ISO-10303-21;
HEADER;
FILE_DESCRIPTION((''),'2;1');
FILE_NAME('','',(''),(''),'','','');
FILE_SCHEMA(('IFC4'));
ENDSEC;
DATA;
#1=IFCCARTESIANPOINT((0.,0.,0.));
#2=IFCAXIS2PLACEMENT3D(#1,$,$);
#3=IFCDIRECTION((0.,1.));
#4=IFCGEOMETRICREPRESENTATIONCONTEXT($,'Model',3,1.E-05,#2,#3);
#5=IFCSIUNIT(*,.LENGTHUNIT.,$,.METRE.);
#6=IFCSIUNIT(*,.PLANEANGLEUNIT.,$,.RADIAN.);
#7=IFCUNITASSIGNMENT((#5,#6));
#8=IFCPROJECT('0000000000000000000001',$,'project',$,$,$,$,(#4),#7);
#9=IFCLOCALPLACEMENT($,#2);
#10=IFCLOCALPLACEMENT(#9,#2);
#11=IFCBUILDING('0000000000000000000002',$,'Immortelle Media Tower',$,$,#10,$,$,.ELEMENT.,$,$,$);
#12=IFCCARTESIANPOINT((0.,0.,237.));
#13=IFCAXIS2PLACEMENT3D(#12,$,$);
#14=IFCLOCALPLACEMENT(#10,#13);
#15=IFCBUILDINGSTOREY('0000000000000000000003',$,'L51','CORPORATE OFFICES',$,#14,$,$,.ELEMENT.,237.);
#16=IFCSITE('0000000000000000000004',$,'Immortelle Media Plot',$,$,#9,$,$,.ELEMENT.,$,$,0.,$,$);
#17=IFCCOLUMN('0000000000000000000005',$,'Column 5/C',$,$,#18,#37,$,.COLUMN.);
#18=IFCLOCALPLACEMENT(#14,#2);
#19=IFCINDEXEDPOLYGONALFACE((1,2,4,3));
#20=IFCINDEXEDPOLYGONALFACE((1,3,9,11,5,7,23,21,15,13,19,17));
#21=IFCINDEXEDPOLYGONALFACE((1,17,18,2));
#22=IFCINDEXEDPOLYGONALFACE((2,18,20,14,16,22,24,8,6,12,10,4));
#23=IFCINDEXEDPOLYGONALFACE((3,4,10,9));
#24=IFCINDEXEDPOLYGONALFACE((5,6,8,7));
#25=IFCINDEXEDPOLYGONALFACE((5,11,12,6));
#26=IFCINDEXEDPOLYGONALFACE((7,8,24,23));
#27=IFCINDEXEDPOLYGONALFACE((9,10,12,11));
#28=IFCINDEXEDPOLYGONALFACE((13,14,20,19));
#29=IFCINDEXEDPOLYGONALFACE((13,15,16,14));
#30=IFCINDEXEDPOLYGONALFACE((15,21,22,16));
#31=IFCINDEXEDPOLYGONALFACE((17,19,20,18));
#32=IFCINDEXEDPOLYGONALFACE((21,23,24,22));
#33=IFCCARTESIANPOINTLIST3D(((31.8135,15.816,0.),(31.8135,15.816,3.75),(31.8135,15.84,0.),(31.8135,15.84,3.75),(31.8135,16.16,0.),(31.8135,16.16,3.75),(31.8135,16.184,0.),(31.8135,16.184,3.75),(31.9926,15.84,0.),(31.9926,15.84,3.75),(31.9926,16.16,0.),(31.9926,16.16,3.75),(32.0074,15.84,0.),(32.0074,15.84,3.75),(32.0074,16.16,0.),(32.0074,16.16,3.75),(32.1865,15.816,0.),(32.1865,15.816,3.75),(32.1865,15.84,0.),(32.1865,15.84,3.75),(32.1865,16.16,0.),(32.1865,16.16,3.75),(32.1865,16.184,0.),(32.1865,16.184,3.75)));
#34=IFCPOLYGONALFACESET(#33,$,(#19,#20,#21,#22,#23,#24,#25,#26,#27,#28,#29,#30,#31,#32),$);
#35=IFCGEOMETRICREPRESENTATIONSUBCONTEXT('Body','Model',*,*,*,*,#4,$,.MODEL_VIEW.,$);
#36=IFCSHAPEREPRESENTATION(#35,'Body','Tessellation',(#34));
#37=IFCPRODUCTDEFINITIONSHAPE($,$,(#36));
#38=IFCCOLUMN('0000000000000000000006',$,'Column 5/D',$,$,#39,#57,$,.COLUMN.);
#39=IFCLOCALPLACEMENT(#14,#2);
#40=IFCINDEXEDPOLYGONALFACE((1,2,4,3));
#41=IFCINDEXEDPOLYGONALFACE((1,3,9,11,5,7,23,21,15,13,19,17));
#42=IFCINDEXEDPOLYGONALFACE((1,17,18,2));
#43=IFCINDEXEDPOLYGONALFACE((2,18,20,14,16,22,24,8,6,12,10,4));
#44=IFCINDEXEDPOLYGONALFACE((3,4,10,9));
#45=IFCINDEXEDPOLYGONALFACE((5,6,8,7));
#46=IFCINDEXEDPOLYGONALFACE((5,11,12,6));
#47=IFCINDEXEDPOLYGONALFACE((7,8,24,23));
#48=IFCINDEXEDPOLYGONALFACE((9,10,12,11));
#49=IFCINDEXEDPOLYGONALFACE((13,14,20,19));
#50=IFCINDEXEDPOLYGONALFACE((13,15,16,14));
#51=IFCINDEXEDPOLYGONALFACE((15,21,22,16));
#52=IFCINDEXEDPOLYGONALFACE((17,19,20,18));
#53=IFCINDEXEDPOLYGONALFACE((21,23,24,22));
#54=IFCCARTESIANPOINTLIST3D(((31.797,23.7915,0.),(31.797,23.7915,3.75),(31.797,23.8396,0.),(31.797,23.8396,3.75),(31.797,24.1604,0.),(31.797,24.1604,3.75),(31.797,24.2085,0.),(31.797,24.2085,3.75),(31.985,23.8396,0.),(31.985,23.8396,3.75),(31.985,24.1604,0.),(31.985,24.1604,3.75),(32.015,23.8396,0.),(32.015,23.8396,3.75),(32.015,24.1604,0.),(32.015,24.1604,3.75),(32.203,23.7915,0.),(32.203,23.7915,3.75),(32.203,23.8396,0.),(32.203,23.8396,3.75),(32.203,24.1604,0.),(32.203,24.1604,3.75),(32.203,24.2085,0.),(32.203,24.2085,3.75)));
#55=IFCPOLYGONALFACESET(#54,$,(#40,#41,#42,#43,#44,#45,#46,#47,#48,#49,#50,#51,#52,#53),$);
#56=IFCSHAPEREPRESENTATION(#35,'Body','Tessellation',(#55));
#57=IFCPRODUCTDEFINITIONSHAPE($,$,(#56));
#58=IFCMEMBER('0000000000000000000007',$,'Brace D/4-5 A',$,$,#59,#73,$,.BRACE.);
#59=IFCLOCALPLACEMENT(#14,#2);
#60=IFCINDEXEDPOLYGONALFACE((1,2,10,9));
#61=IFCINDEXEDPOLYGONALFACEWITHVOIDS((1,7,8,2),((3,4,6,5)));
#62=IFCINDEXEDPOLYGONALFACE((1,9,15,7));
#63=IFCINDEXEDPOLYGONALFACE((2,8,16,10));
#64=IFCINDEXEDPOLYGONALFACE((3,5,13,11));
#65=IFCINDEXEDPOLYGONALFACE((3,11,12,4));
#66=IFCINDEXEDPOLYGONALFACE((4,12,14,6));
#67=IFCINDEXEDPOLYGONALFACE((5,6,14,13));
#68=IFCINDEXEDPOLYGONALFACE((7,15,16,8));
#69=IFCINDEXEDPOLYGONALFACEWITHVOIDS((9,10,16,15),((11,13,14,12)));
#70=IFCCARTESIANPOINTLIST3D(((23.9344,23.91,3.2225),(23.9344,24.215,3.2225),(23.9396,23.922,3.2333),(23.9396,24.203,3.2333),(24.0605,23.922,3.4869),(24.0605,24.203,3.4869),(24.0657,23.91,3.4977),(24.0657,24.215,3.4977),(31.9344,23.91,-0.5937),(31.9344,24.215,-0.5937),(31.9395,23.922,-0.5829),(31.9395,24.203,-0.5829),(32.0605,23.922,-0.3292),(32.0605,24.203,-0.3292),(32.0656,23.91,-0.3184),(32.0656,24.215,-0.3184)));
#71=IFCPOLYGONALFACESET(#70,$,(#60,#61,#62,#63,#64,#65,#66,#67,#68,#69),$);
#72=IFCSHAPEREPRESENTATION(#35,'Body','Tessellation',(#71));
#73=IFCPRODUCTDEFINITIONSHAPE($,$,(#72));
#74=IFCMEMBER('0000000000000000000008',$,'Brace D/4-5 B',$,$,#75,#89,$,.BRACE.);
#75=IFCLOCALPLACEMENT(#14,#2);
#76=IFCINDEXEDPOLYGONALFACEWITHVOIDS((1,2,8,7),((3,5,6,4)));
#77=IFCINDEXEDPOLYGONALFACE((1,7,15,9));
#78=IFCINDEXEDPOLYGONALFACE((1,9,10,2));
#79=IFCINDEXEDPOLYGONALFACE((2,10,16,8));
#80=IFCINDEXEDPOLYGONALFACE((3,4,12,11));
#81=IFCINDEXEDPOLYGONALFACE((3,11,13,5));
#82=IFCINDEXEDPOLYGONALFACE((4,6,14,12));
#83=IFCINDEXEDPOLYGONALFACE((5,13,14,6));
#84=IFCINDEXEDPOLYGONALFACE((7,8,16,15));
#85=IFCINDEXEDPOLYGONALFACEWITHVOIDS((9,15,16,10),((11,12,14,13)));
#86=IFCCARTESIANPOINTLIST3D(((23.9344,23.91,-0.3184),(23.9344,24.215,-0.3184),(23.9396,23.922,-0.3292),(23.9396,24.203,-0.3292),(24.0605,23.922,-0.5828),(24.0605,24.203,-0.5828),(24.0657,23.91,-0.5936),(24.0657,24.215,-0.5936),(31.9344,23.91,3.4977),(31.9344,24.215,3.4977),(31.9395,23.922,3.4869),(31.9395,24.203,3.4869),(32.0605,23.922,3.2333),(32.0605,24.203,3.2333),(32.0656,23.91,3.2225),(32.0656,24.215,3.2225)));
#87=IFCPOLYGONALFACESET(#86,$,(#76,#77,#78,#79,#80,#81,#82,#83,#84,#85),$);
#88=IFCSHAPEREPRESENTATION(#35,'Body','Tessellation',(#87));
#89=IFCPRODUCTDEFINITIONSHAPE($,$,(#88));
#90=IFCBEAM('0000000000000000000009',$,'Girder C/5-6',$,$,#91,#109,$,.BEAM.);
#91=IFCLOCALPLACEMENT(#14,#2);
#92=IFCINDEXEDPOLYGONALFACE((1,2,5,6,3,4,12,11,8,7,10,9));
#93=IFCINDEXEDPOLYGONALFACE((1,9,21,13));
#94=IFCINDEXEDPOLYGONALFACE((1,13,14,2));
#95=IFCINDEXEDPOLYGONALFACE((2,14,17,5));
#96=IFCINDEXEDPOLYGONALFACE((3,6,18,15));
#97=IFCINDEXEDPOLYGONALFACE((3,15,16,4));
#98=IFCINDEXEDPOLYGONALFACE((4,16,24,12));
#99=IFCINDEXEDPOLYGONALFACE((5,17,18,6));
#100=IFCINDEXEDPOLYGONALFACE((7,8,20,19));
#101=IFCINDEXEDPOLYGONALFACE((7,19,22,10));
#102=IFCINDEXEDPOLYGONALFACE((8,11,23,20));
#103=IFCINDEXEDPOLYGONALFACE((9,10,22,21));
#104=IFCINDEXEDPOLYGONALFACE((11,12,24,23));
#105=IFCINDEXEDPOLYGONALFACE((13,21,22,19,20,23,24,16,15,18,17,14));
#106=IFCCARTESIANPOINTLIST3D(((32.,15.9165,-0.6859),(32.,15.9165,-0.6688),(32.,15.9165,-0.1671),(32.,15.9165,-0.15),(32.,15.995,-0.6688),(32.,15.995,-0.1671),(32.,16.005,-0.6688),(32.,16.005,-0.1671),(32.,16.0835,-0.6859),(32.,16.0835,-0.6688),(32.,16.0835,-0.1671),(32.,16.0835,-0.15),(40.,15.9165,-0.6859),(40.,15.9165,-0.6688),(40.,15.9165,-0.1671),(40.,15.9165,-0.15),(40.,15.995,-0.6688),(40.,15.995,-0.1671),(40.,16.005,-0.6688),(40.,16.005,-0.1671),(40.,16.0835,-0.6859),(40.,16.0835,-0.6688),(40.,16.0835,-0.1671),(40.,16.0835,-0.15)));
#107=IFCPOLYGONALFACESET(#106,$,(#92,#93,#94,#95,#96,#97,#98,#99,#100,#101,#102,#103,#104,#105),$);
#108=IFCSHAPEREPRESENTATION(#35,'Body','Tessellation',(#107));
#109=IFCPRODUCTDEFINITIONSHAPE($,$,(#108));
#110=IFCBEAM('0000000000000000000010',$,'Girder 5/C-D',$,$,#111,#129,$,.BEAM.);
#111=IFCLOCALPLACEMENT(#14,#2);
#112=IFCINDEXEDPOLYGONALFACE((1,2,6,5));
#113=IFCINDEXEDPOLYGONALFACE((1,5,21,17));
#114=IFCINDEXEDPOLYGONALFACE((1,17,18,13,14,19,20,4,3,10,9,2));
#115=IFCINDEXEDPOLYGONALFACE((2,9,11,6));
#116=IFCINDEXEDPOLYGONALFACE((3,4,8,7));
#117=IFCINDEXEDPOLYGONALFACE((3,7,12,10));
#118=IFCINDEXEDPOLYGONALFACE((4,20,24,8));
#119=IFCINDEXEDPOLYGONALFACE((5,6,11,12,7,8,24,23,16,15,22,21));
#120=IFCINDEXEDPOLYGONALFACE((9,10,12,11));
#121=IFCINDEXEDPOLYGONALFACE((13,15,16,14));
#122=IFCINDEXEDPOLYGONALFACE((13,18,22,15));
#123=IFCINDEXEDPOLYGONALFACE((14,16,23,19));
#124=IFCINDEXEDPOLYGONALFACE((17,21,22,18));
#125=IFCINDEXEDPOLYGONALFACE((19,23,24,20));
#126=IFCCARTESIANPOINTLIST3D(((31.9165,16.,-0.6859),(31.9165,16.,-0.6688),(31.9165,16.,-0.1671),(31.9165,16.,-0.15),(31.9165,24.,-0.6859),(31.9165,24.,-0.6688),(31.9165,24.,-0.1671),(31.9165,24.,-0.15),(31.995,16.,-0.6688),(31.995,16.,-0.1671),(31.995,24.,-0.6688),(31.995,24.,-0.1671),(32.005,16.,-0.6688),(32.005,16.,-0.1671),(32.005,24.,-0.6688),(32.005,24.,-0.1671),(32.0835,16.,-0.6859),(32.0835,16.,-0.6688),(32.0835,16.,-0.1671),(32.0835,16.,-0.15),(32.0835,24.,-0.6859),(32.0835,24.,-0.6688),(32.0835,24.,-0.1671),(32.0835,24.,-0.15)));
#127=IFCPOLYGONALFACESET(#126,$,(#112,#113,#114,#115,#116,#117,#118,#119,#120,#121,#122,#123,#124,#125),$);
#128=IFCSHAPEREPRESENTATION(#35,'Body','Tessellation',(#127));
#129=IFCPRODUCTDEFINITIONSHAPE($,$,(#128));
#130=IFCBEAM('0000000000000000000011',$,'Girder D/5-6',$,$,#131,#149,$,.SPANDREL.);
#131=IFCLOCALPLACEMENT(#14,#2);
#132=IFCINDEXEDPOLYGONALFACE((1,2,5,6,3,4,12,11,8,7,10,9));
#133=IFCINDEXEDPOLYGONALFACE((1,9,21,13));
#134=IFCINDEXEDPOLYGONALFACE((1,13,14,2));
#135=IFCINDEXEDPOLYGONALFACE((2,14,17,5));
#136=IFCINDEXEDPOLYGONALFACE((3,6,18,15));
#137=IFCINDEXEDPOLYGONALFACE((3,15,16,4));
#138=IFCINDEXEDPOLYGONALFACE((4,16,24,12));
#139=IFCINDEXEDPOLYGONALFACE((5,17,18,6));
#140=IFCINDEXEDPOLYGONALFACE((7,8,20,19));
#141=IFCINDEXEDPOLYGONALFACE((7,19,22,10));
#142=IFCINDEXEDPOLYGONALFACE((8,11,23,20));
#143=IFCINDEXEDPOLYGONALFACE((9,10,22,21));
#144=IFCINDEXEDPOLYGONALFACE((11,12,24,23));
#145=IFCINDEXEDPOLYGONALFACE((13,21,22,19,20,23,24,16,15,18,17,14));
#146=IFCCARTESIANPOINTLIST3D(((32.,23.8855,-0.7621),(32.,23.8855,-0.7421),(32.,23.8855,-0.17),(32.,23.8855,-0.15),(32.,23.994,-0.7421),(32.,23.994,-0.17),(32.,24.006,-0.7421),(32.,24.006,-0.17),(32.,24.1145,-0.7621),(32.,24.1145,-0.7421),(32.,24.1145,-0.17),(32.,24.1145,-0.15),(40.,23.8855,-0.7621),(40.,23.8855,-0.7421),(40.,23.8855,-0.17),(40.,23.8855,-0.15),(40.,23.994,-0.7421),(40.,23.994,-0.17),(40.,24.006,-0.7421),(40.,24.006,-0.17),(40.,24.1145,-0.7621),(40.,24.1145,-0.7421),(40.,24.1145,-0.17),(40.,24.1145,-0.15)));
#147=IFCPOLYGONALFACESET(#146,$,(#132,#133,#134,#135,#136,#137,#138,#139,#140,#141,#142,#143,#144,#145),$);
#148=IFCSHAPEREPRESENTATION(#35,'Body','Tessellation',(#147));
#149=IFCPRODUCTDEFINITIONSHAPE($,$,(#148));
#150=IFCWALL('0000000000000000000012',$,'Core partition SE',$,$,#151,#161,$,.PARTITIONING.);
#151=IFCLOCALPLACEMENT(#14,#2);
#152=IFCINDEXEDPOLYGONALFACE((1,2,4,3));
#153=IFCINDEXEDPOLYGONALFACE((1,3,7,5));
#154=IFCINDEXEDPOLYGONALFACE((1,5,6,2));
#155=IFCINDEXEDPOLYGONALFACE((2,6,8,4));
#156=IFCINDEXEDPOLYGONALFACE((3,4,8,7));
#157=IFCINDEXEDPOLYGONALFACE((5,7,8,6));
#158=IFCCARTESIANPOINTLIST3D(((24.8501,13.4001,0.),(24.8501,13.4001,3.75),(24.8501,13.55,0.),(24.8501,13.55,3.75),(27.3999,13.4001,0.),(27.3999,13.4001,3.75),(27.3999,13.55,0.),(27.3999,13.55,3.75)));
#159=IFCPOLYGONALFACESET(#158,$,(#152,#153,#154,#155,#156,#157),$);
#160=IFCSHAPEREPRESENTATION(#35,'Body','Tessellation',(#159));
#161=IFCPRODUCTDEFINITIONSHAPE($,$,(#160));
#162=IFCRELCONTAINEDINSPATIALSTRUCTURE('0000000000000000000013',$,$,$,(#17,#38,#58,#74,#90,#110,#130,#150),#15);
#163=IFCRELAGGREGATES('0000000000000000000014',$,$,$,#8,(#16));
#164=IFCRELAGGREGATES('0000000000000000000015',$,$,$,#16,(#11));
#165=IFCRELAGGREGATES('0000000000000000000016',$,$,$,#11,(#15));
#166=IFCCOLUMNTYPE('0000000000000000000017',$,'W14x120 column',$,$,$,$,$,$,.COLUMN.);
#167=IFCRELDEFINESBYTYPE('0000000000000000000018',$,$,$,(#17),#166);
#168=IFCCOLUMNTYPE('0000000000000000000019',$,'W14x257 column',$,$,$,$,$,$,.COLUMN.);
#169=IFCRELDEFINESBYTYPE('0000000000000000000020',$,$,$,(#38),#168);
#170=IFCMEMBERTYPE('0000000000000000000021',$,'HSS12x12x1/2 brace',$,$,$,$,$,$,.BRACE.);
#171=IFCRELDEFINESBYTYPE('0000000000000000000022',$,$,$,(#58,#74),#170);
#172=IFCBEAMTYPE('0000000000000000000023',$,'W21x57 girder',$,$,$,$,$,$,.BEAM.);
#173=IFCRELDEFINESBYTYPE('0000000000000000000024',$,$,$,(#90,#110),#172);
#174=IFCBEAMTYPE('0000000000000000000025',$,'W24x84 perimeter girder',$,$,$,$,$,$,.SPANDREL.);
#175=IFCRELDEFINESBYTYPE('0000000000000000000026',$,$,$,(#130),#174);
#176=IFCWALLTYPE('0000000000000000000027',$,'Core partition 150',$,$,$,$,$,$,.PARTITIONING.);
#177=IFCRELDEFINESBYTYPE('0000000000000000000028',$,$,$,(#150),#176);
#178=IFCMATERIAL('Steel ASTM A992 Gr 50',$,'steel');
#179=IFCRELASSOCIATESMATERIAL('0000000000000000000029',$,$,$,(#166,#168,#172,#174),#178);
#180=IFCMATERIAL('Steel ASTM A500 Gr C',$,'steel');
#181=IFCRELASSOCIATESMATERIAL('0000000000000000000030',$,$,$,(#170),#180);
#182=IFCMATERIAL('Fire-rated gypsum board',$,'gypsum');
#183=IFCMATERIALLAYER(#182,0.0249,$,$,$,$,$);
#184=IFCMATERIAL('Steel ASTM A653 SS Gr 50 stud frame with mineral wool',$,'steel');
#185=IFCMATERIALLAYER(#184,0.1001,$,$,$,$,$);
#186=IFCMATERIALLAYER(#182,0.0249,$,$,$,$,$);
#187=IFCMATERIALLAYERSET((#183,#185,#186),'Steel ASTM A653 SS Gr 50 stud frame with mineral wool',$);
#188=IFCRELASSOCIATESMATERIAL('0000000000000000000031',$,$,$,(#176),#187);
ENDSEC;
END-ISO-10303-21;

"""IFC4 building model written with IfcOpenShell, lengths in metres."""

from ifc_helpers import new_model, si_unit, direction, frame, frame_2d, origin, origin_2d, place, context, subcontext, project, spatial, rectangle, hollow_rectangle, i_section, extrude, material, layer, layer_set, material_profile, profile_set, type_object, element, save


model = new_model("IFC4")

# Units and contexts
model_context = context("Model", 3, precision=1e-05, world=origin(), true_north=direction((0.0, 1.0)))
body_context = subcontext(model_context, "Body", "Model", "MODEL_VIEW")
ifc_project = project(units=[si_unit("LENGTHUNIT", "METRE"), si_unit("PLANEANGLEUNIT", "RADIAN")], contexts=[model_context])

# Site, building, storey
site_placement = place(None, origin())
site = spatial("IfcSite", under=ifc_project, at=site_placement, Name="Immortelle Media Plot", CompositionType="ELEMENT", RefElevation=0.0)
building_placement = place(site_placement, origin())
building = spatial("IfcBuilding", under=site, at=building_placement, Name="Immortelle Media Tower", CompositionType="ELEMENT")
storey_placement = place(building_placement, frame((0.0, 0.0, 237.0)))
storey = spatial("IfcBuildingStorey", under=building, at=storey_placement, Name="L51", Description="CORPORATE OFFICES", CompositionType="ELEMENT", Elevation=237.0)

# Columns
ifc_material_1 = material(Name="Steel ASTM A992 Gr 50", Category="steel")
ifc_material_profile_1 = material_profile(ifc_material_1, i_section(OverallWidth=0.373, OverallDepth=0.3679, WebThickness=0.0149, FlangeThickness=0.0239, at=origin_2d()), Name="W14x120")
ifc_profile_set_1 = profile_set([ifc_material_profile_1], Name="Steel ASTM A992 Gr 50")
column_type_1 = type_object("IfcColumnType", Name="W14x120 column", PredefinedType="COLUMN", material=ifc_profile_set_1)
column_1_placement = place(storey_placement, frame((32.0, 16.0, 0.0), z_axis=(0.0, 0.0, 1.0), x_axis=(1.0, 0.0, 0.0)))
element("IfcColumn", 1, at=column_1_placement, inside=storey, type_object=column_type_1, Name="Column 5/C", PredefinedType="COLUMN", context=body_context, shape_type="SweptSolid", body=[
    extrude(i_section(OverallWidth=0.373, OverallDepth=0.3679, WebThickness=0.0149, FlangeThickness=0.0239, at=origin_2d()), origin(), (0.0, 0.0, 1.0), 3.75),
])
ifc_material_profile_2 = material_profile(ifc_material_1, i_section(OverallWidth=0.406, OverallDepth=0.417, WebThickness=0.03, FlangeThickness=0.0481, at=origin_2d()), Name="W14x257")
ifc_profile_set_2 = profile_set([ifc_material_profile_2], Name="Steel ASTM A992 Gr 50")
column_type_2 = type_object("IfcColumnType", Name="W14x257 column", PredefinedType="COLUMN", material=ifc_profile_set_2)
column_2_placement = place(storey_placement, frame((32.0, 24.0, 0.0), z_axis=(0.0, 0.0, 1.0), x_axis=(1.0, 0.0, 0.0)))
element("IfcColumn", 2, at=column_2_placement, inside=storey, type_object=column_type_2, Name="Column 5/D", PredefinedType="COLUMN", context=body_context, shape_type="SweptSolid", body=[
    extrude(i_section(OverallWidth=0.406, OverallDepth=0.417, WebThickness=0.03, FlangeThickness=0.0481, at=origin_2d()), origin(), (0.0, 0.0, 1.0), 3.75),
])

# Members
ifc_material_2 = material(Name="Steel ASTM A500 Gr C", Category="steel")
ifc_material_profile_3 = material_profile(ifc_material_2, hollow_rectangle(XDim=0.3049, YDim=0.3049, WallThickness=0.012, at=origin_2d()), Name="HSS12x12x1/2 brace")
ifc_profile_set_3 = profile_set([ifc_material_profile_3], Name="Steel ASTM A500 Gr C")
member_type = type_object("IfcMemberType", Name="HSS12x12x1/2 brace", PredefinedType="BRACE", material=ifc_profile_set_3)
for number, where, z_axis, x_axis, name in (
    (3, (32.0, 24.0625, -0.4561), (-0.90257, 0.0, 0.430544), (0.0, -1.0, 0.0), "Brace D/4-5 A"),
    (4, (32.0, 24.0625, 3.3601), (-0.90257, 0.0, -0.430544), (0.0, -1.0, 0.0), "Brace D/4-5 B"),
):
    element("IfcMember", number, at=place(storey_placement, frame(where, z_axis=z_axis, x_axis=x_axis)), inside=storey, type_object=member_type, Name=name, PredefinedType="BRACE", context=body_context, shape_type="SweptSolid", body=[
        extrude(hollow_rectangle(XDim=0.3049, YDim=0.3049, WallThickness=0.012, at=origin_2d()), origin(), (0.0, 0.0, 1.0), 8.8635),
    ])

# Beams
ifc_material_profile_4 = material_profile(ifc_material_1, i_section(OverallWidth=0.167, OverallDepth=0.5359, WebThickness=0.01, FlangeThickness=0.0171, at=origin_2d()), Name="W21x57")
ifc_profile_set_4 = profile_set([ifc_material_profile_4], Name="Steel ASTM A992 Gr 50")
beam_type_1 = type_object("IfcBeamType", Name="W21x57 girder", PredefinedType="BEAM", material=ifc_profile_set_4)
for number, where, z_axis, x_axis, name in (
    (5, (32.0, 16.0, -0.418), (1.0, 0.0, 0.0), (0.0, 1.0, 0.0), "Girder C/5-6"),
    (6, (32.0, 16.0, -0.418), (0.0, 1.0, 0.0), (-1.0, 0.0, 0.0), "Girder 5/C-D"),
):
    element("IfcBeam", number, at=place(storey_placement, frame(where, z_axis=z_axis, x_axis=x_axis)), inside=storey, type_object=beam_type_1, Name=name, PredefinedType="BEAM", context=body_context, shape_type="SweptSolid", body=[
        extrude(i_section(OverallWidth=0.167, OverallDepth=0.5359, WebThickness=0.01, FlangeThickness=0.0171, at=origin_2d()), origin(), (0.0, 0.0, 1.0), 8.0),
    ])
ifc_material_profile_5 = material_profile(ifc_material_1, i_section(OverallWidth=0.229, OverallDepth=0.6121, WebThickness=0.012, FlangeThickness=0.02, at=origin_2d()), Name="W24x84")
ifc_profile_set_5 = profile_set([ifc_material_profile_5], Name="Steel ASTM A992 Gr 50")
beam_type_2 = type_object("IfcBeamType", Name="W24x84 perimeter girder", PredefinedType="SPANDREL", material=ifc_profile_set_5)
beam_placement = place(storey_placement, frame((32.0, 24.0, -0.4561), z_axis=(1.0, 0.0, 0.0), x_axis=(0.0, 1.0, 0.0)))
element("IfcBeam", 7, at=beam_placement, inside=storey, type_object=beam_type_2, Name="Girder D/5-6", PredefinedType="SPANDREL", context=body_context, shape_type="SweptSolid", body=[
    extrude(i_section(OverallWidth=0.229, OverallDepth=0.6121, WebThickness=0.012, FlangeThickness=0.02, at=origin_2d()), origin(), (0.0, 0.0, 1.0), 8.0),
])

# Wall
ifc_material_3 = material(Name="Fire-rated gypsum board", Category="gypsum")
ifc_layer_1 = layer(ifc_material_3, 0.0249)
ifc_material_4 = material(Name="Steel ASTM A653 SS Gr 50 stud frame with mineral wool", Category="steel")
ifc_layer_2 = layer(ifc_material_4, 0.1001)
ifc_layer_3 = layer(ifc_material_3, 0.0249)
ifc_layer_set_1 = layer_set([ifc_layer_1, ifc_layer_2, ifc_layer_3], Name="Steel ASTM A653 SS Gr 50 stud frame with mineral wool")
wall_type_1 = type_object("IfcWallType", Name="Core partition 150", PredefinedType="PARTITIONING", material=ifc_layer_set_1)
wall_1_placement = place(storey_placement, frame((24.8501, 13.4751, 0.0), z_axis=(0.0, 0.0, 1.0), x_axis=(1.0, 0.0, 0.0)))
element("IfcWall", 8, at=wall_1_placement, inside=storey, type_object=wall_type_1, Name="Core partition SE", PredefinedType="PARTITIONING", context=body_context, shape_type="SweptSolid", body=[
    extrude(rectangle(XDim=2.5498, YDim=0.1499, at=frame_2d((1.2749, 0.0))), origin(), (0.0, 0.0, 1.0), 3.75),
])

save(model, "model.ifc")
